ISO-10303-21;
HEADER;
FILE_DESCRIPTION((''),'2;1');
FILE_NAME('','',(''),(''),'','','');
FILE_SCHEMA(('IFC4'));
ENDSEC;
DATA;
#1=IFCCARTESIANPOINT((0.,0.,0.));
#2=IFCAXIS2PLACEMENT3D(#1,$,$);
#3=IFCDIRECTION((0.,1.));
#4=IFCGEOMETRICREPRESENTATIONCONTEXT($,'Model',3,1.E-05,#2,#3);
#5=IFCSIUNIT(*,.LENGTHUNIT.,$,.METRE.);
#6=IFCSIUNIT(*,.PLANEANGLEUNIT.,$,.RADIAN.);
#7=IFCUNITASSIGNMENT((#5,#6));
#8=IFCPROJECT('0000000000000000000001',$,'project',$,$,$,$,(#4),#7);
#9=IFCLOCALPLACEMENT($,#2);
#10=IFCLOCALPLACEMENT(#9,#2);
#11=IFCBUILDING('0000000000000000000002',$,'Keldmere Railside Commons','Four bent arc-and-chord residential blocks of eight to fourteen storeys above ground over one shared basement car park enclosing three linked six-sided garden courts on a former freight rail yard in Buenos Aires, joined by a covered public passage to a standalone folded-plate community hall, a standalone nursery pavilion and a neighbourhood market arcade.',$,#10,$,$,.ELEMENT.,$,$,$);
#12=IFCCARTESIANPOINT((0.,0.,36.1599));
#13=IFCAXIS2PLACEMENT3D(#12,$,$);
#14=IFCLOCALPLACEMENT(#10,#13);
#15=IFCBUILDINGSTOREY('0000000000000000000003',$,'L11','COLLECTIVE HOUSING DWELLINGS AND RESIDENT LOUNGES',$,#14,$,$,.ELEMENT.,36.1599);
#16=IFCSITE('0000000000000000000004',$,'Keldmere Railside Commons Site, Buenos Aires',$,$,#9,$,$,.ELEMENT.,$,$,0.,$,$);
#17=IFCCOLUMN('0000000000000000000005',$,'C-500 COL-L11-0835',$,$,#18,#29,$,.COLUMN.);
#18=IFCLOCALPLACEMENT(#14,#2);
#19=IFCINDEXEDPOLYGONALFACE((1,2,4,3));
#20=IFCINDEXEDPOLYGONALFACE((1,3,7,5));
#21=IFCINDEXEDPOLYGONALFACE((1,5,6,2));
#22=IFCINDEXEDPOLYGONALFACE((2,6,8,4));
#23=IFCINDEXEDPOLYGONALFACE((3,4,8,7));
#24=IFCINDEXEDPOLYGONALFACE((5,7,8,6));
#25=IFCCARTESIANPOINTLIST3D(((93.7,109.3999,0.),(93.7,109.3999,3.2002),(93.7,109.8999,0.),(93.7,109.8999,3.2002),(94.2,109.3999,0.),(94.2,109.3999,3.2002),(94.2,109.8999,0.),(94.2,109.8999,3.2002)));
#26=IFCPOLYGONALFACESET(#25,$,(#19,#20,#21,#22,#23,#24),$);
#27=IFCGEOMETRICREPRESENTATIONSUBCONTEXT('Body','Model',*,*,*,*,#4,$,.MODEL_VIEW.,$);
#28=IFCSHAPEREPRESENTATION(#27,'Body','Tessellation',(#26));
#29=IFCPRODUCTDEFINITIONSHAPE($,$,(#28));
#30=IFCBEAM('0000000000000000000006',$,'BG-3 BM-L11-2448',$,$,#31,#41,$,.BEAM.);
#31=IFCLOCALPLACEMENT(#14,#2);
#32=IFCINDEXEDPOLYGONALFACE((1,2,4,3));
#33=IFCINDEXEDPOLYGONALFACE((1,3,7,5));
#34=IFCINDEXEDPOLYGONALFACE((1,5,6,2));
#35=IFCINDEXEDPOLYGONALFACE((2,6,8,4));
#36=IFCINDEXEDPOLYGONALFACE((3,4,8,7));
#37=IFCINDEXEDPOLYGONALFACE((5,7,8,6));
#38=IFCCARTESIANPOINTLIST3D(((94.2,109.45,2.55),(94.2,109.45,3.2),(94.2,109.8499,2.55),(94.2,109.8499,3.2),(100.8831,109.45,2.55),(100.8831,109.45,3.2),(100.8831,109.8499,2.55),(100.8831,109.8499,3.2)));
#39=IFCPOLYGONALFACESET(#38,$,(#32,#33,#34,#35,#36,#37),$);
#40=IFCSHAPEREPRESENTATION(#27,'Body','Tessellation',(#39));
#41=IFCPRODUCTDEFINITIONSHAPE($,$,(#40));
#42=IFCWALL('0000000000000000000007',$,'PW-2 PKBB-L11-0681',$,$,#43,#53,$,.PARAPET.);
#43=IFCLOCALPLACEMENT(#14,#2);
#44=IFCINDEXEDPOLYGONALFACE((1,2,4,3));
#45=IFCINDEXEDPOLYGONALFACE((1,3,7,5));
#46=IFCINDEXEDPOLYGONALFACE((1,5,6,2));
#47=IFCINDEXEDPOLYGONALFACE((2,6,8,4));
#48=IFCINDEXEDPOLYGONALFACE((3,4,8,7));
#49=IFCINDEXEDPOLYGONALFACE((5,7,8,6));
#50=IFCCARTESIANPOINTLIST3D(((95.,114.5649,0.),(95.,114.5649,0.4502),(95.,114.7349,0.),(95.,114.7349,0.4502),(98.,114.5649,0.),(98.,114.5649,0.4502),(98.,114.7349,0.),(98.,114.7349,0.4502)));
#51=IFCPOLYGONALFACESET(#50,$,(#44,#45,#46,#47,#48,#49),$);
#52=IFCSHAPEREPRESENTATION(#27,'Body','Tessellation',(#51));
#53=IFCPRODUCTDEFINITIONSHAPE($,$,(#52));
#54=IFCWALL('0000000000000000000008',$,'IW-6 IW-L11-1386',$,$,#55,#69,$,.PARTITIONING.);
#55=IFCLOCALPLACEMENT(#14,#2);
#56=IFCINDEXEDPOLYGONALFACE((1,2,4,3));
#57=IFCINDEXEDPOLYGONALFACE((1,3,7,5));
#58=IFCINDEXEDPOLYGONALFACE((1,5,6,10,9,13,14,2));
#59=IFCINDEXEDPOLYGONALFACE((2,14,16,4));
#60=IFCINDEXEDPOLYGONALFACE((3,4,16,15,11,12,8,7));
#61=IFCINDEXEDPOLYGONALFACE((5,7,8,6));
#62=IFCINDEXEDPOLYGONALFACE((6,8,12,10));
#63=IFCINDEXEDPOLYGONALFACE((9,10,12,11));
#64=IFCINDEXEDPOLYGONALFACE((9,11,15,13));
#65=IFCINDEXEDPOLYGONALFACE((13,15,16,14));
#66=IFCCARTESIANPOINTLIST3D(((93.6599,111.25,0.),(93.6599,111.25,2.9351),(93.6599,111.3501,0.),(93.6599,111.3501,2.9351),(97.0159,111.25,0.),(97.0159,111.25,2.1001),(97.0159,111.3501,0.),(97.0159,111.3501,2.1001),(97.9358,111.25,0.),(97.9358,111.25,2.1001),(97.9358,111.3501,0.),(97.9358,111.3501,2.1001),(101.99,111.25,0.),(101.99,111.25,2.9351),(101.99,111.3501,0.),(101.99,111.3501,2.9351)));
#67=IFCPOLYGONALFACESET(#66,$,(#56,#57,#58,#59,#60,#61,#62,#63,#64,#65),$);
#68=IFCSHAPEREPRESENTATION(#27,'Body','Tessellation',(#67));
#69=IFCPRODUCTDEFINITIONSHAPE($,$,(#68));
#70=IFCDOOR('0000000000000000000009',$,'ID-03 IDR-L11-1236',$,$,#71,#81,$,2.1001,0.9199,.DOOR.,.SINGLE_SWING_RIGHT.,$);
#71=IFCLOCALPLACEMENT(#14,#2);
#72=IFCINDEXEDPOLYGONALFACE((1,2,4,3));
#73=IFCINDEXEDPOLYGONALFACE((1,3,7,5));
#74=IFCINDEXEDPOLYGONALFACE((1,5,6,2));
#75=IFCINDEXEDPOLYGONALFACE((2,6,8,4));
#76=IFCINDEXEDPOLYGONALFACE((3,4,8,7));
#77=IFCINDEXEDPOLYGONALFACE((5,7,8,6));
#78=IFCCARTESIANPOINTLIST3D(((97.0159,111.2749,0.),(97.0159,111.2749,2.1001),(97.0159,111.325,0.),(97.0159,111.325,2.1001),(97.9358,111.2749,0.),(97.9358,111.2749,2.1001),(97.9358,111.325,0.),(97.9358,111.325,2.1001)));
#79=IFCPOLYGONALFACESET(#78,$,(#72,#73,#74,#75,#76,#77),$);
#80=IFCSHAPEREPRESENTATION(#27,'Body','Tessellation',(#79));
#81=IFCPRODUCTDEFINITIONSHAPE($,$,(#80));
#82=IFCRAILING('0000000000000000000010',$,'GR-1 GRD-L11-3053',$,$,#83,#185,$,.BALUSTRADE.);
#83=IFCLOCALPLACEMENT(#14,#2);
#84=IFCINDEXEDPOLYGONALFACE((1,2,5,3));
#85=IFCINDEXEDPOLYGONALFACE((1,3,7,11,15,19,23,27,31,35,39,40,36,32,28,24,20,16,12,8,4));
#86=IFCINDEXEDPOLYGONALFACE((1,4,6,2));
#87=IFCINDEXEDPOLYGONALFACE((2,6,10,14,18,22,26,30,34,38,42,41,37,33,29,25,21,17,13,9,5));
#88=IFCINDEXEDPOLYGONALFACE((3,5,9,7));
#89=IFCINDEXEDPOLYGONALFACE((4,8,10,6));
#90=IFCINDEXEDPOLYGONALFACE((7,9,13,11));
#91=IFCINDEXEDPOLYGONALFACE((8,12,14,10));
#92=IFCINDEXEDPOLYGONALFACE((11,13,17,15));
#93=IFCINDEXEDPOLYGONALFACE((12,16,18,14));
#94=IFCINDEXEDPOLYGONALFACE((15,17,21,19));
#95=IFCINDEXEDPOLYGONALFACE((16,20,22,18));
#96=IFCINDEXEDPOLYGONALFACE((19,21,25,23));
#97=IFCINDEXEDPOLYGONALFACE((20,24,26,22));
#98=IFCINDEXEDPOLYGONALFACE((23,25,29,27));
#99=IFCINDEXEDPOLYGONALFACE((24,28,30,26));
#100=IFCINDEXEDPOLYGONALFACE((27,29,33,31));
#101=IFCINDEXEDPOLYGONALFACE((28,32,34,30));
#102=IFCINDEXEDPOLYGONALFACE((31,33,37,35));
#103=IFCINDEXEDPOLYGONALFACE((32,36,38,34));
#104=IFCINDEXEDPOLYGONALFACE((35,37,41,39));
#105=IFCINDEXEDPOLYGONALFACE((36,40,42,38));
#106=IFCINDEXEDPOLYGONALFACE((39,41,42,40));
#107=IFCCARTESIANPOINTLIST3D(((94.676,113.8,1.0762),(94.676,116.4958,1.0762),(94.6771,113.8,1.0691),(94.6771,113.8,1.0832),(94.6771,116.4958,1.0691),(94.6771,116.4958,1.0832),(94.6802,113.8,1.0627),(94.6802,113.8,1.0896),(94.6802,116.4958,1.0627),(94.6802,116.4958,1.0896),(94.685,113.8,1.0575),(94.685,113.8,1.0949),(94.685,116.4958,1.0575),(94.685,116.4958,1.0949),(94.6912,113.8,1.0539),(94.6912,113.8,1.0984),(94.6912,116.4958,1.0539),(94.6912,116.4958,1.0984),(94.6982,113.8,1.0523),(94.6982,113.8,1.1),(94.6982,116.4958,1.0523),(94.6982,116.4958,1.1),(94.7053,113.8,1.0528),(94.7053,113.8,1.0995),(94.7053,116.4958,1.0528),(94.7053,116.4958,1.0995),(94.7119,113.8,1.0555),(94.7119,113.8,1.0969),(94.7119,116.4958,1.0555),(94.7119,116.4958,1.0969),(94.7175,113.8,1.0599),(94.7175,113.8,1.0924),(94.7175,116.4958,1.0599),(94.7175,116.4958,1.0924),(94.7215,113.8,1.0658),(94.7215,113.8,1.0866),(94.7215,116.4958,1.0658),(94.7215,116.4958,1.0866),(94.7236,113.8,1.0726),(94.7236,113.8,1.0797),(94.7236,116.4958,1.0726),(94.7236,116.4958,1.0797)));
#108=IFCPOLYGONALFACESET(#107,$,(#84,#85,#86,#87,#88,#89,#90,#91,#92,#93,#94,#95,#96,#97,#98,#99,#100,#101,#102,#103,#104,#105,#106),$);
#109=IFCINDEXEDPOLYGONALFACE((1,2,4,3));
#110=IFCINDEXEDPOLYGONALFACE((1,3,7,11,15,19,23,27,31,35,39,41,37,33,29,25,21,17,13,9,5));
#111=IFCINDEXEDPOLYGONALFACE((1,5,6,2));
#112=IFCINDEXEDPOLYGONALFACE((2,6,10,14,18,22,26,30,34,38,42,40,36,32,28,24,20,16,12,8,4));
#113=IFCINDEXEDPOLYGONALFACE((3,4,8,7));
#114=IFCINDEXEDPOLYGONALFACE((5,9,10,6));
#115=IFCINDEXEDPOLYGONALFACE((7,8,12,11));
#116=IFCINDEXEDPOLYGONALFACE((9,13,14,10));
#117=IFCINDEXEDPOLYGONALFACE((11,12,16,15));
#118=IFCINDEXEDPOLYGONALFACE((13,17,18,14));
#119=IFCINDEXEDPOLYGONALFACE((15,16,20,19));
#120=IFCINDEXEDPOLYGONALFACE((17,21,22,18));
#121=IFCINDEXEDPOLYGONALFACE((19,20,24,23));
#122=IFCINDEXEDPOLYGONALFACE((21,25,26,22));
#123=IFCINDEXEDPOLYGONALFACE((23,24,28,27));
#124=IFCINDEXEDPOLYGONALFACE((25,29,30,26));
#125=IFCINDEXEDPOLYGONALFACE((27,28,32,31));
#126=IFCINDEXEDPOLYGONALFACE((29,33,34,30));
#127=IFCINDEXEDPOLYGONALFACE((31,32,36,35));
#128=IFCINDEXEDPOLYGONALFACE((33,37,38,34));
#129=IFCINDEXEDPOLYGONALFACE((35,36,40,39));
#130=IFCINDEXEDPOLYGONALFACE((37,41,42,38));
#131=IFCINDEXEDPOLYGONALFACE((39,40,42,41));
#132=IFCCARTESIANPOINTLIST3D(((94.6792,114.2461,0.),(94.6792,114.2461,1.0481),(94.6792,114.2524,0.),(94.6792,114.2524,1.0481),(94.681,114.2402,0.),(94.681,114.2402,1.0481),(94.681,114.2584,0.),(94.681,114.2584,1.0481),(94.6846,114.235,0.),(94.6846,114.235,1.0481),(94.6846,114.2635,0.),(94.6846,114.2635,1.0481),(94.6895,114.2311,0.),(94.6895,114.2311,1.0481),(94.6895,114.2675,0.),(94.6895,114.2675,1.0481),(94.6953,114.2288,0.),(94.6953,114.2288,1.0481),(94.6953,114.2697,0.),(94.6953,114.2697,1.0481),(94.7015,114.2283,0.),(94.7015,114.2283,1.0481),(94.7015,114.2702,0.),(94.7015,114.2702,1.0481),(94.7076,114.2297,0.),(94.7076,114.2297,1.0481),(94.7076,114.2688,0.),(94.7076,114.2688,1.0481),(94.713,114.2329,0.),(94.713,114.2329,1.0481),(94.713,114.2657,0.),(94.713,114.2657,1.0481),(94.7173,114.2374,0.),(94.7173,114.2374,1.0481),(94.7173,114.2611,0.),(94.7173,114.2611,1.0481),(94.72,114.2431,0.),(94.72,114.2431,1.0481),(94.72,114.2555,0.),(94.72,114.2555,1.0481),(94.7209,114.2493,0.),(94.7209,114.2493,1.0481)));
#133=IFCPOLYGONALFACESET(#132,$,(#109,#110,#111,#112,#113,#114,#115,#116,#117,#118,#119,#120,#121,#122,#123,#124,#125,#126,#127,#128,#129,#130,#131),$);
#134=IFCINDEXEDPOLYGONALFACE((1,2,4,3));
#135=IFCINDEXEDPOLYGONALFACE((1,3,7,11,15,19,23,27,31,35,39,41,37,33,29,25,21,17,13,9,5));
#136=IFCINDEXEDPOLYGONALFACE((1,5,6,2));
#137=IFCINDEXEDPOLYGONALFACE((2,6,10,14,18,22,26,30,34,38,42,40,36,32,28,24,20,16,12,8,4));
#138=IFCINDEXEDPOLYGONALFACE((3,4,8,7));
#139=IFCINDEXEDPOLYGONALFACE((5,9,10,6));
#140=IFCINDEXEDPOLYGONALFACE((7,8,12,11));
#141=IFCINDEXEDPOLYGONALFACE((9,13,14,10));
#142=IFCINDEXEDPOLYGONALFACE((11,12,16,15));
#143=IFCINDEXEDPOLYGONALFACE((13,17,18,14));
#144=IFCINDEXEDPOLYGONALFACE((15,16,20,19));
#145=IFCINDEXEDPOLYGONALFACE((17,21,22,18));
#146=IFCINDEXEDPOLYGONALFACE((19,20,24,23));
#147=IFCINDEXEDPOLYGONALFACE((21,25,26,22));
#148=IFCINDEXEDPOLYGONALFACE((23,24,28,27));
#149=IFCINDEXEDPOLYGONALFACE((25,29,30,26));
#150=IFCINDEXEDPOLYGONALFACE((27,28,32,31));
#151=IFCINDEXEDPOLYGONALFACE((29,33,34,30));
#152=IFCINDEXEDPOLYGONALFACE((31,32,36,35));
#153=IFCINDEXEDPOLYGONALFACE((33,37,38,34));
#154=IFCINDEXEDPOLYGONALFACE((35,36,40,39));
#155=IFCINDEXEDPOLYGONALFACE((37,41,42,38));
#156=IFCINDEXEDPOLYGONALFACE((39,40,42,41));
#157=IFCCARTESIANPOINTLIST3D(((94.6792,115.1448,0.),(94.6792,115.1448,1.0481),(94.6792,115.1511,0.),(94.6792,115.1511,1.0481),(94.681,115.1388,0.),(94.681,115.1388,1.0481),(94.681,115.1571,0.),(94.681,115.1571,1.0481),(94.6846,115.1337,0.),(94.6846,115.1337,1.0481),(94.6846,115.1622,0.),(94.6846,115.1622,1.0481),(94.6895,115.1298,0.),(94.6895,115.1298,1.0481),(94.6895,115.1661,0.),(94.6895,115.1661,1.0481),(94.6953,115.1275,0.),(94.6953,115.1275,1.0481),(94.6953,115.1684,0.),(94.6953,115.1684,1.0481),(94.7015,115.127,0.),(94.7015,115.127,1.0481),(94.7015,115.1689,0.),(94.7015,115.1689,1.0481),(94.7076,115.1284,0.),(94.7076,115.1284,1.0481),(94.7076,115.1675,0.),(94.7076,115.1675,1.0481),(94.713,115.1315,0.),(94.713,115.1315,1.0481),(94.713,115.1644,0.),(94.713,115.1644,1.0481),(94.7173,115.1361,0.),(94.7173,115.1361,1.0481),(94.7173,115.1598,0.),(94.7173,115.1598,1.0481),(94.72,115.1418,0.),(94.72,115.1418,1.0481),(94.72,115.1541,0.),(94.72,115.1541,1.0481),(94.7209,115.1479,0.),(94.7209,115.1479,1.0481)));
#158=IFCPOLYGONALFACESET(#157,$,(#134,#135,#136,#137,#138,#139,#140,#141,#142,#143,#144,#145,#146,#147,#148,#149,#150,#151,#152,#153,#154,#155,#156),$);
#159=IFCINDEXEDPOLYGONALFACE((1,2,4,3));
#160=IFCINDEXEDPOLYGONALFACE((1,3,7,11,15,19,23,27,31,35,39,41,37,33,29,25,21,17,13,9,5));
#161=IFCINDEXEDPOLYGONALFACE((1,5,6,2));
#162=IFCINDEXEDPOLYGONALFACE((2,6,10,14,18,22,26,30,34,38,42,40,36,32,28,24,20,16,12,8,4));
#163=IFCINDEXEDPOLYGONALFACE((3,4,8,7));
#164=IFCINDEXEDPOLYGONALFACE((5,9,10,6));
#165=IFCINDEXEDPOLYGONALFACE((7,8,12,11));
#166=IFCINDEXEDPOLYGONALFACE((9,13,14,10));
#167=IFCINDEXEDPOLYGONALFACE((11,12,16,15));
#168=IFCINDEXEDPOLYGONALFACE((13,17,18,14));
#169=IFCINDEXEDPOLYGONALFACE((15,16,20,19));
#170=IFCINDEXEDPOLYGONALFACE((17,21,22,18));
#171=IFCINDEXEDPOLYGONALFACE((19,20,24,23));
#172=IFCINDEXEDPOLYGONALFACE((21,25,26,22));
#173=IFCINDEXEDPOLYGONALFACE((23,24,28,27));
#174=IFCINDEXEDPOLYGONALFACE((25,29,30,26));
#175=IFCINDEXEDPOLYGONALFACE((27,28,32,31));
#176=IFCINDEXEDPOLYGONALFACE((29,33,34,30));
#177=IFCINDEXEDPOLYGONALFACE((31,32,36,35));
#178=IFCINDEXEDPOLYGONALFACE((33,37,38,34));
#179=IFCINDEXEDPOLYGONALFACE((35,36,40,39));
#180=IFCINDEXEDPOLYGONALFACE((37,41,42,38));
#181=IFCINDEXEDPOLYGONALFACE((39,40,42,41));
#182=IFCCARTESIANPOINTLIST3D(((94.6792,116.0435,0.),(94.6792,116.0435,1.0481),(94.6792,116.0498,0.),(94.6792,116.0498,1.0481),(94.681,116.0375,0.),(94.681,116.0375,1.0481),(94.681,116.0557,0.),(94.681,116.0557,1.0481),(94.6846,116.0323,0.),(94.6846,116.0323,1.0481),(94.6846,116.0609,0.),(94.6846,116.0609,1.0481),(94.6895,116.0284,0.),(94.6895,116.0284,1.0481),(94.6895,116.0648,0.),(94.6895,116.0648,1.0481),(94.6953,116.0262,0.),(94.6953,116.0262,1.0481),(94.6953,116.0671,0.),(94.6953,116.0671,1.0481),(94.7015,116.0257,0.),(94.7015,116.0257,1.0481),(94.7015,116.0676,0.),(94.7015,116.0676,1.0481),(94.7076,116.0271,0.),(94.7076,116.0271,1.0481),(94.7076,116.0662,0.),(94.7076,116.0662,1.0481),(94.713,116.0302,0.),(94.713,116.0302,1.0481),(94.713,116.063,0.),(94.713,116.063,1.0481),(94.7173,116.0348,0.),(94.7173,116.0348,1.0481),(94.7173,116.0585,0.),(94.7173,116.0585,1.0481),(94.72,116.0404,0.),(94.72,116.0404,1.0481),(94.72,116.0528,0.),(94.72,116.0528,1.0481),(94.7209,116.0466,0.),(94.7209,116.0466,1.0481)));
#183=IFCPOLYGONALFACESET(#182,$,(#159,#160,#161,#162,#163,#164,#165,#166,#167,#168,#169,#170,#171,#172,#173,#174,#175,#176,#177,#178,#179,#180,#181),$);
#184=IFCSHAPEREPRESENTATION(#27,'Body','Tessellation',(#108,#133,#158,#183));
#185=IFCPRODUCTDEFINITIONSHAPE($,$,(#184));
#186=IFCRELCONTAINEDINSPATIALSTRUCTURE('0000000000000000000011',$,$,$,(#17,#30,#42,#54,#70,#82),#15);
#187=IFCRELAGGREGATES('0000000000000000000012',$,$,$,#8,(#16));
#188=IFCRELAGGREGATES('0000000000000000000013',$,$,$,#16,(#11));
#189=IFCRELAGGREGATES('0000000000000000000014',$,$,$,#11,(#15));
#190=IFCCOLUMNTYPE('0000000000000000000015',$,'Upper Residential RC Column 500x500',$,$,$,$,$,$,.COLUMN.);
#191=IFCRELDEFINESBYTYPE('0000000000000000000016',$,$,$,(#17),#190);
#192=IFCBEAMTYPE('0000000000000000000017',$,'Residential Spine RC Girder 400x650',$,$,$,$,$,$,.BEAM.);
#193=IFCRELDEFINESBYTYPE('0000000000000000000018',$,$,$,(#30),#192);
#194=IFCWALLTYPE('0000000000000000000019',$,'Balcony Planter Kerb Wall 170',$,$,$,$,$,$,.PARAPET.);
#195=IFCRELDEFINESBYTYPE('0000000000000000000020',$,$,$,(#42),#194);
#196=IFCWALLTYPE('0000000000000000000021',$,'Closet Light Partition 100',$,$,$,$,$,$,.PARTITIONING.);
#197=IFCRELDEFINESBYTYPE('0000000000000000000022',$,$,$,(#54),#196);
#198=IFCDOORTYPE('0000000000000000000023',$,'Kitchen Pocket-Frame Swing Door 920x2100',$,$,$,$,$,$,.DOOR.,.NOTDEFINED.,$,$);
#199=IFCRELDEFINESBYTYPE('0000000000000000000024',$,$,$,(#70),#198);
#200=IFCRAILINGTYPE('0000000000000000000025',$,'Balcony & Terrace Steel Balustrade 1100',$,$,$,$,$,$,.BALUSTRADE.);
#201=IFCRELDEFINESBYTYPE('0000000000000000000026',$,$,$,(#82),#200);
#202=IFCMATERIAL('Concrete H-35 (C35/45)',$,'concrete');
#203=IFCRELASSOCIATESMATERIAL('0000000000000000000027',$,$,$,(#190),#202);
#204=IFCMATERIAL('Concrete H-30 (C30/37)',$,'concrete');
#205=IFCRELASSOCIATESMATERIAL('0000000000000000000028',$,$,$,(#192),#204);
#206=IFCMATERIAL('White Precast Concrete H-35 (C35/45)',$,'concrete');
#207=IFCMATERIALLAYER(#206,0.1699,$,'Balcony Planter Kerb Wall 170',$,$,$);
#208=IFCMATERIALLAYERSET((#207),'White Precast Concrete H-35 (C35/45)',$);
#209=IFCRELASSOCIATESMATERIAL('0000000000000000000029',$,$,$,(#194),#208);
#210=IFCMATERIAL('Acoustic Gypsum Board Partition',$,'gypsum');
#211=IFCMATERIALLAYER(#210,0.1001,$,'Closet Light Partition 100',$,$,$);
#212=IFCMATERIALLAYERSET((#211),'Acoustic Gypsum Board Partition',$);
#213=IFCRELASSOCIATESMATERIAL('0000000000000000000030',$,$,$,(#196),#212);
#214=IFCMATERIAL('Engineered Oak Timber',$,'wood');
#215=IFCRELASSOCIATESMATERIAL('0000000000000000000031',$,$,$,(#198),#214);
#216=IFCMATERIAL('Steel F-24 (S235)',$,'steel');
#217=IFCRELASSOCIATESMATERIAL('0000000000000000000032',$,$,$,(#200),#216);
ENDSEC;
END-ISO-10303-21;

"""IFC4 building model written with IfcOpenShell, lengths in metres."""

from ifc_helpers import new_model, si_unit, direction, frame, frame_2d, origin, origin_2d, place, context, subcontext, project, spatial, rectangle, circle, extrude, material, layer, layer_set, material_profile, profile_set, type_object, element, fill, save


model = new_model("IFC4")

# Units and contexts
model_context = context("Model", 3, precision=1e-05, world=origin(), true_north=direction((0.0, 1.0)))
body_context = subcontext(model_context, "Body", "Model", "MODEL_VIEW")
ifc_project = project(units=[si_unit("LENGTHUNIT", "METRE"), si_unit("PLANEANGLEUNIT", "RADIAN")], contexts=[model_context])

# Site, building, storey
site_placement = place(None, origin())
site = spatial("IfcSite", under=ifc_project, at=site_placement, Name="Keldmere Railside Commons Site, Buenos Aires", CompositionType="ELEMENT", RefElevation=0.0)
building_placement = place(site_placement, origin())
building = spatial("IfcBuilding", under=site, at=building_placement, Name="Keldmere Railside Commons", Description="Four bent arc-and-chord residential blocks of eight to fourteen storeys above ground over one shared basement car park enclosing three linked six-sided garden courts on a former freight rail yard in Buenos Aires, joined by a covered public passage to a standalone folded-plate community hall, a standalone nursery pavilion and a neighbourhood market arcade.", CompositionType="ELEMENT")
storey_placement = place(building_placement, frame((0.0, 0.0, 36.1599)))
storey = spatial("IfcBuildingStorey", under=building, at=storey_placement, Name="L11", Description="COLLECTIVE HOUSING DWELLINGS AND RESIDENT LOUNGES", CompositionType="ELEMENT", Elevation=36.1599)

# Column
ifc_material_1 = material(Name="Concrete H-35 (C35/45)", Category="concrete")
ifc_material_profile_1 = material_profile(ifc_material_1, rectangle(XDim=0.5, YDim=0.5, at=origin_2d()), Name="RC-500x500")
ifc_profile_set_1 = profile_set([ifc_material_profile_1], Name="Concrete H-35 (C35/45)")
column_type = type_object("IfcColumnType", Name="Upper Residential RC Column 500x500", PredefinedType="COLUMN", material=ifc_profile_set_1)
column_placement = place(storey_placement, frame((93.95, 109.6499, 0.0), z_axis=(0.0, 0.0, 1.0), x_axis=(1.0, 0.0, 0.0)))
element("IfcColumn", 1, at=column_placement, inside=storey, type_object=column_type, Name="C-500 COL-L11-0835", PredefinedType="COLUMN", context=body_context, shape_type="SweptSolid", body=[
    extrude(rectangle(XDim=0.5, YDim=0.5, at=origin_2d()), origin(), (0.0, 0.0, 1.0), 3.2002),
])

# Beam
ifc_material_2 = material(Name="Concrete H-30 (C30/37)", Category="concrete")
ifc_material_profile_2 = material_profile(ifc_material_2, rectangle(XDim=0.3999, YDim=0.6499, at=origin_2d()), Name="RC-400x650")
ifc_profile_set_2 = profile_set([ifc_material_profile_2], Name="Concrete H-30 (C30/37)")
beam_type = type_object("IfcBeamType", Name="Residential Spine RC Girder 400x650", PredefinedType="BEAM", material=ifc_profile_set_2)
beam_placement = place(storey_placement, frame((94.2, 109.6499, 2.875), z_axis=(1.0, 0.0, 0.0), x_axis=(0.0, 1.0, 0.0)))
element("IfcBeam", 2, at=beam_placement, inside=storey, type_object=beam_type, Name="BG-3 BM-L11-2448", PredefinedType="BEAM", context=body_context, shape_type="SweptSolid", body=[
    extrude(rectangle(XDim=0.3999, YDim=0.6499, at=origin_2d()), origin(), (0.0, 0.0, 1.0), 6.6831),
])

# Wall
ifc_material_3 = material(Name="White Precast Concrete H-35 (C35/45)", Category="concrete")
ifc_layer_1 = layer(ifc_material_3, 0.1699, Name="Balcony Planter Kerb Wall 170")
ifc_layer_set_1 = layer_set([ifc_layer_1], Name="White Precast Concrete H-35 (C35/45)")
wall_type_1 = type_object("IfcWallType", Name="Balcony Planter Kerb Wall 170", PredefinedType="PARAPET", material=ifc_layer_set_1)
wall_1_placement = place(storey_placement, frame((95.0, 114.6499, 0.0), z_axis=(0.0, 0.0, 1.0), x_axis=(1.0, 0.0, 0.0)))
element("IfcWall", 3, at=wall_1_placement, inside=storey, type_object=wall_type_1, Name="PW-2 PKBB-L11-0681", PredefinedType="PARAPET", context=body_context, shape_type="SweptSolid", body=[
    extrude(rectangle(XDim=3.0, YDim=0.1699, at=frame_2d((1.5, 0.0))), origin(), (0.0, 0.0, 1.0), 0.4502),
])

# Wall, opening, door
ifc_material_4 = material(Name="Acoustic Gypsum Board Partition", Category="gypsum")
ifc_layer_2 = layer(ifc_material_4, 0.1001, Name="Closet Light Partition 100")
ifc_layer_set_2 = layer_set([ifc_layer_2], Name="Acoustic Gypsum Board Partition")
wall_type_2 = type_object("IfcWallType", Name="Closet Light Partition 100", PredefinedType="PARTITIONING", material=ifc_layer_set_2)
wall_2_placement = place(storey_placement, frame((93.6599, 111.3, 0.0), z_axis=(0.0, 0.0, 1.0), x_axis=(1.0, 0.0, 0.0)))
wall_2 = element("IfcWall", 4, at=wall_2_placement, inside=storey, type_object=wall_type_2, Name="IW-6 IW-L11-1386", PredefinedType="PARTITIONING", context=body_context, shape_type="SweptSolid", body=[
    extrude(rectangle(XDim=8.3301, YDim=0.1001, at=frame_2d((4.165, 0.0))), origin(), (0.0, 0.0, 1.0), 2.9351),
])
opening_1_placement = place(wall_2_placement, frame((3.356, 0.0, 0.0)))
opening_1 = element("IfcOpeningElement", 5, at=opening_1_placement, cuts=wall_2, PredefinedType="OPENING", context=body_context, shape_type="SweptSolid", body=[
    extrude(rectangle(XDim=0.9199, YDim=2.1001, at=frame_2d((0.46, 1.05))), frame((0.0, 0.0601, 0.0), z_axis=(0.0, -1.0, 0.0), x_axis=(1.0, 0.0, 0.0)), (0.0, 0.0, 1.0), 0.1201),
])
ifc_material_5 = material(Name="Engineered Oak Timber", Category="wood")
door_type_1 = type_object("IfcDoorType", Name="Kitchen Pocket-Frame Swing Door 920x2100", OperationType="NOTDEFINED", PredefinedType="DOOR", material=ifc_material_5)
door_1_placement = place(opening_1_placement, origin())
door_1 = element("IfcDoor", 6, at=door_1_placement, inside=storey, type_object=door_type_1, Name="ID-03 IDR-L11-1236", OperationType="SINGLE_SWING_RIGHT", OverallHeight=2.1001, OverallWidth=0.9199, PredefinedType="DOOR", context=body_context, shape_type="SweptSolid", body=[
    extrude(rectangle(XDim=0.9199, YDim=2.1001, at=frame_2d((0.46, 1.05))), frame((0.0, 0.0249, 0.0), z_axis=(0.0, -1.0, 0.0), x_axis=(1.0, 0.0, 0.0)), (0.0, 0.0, 1.0), 0.05),
])
fill(opening_1, door_1)

# Railing
ifc_material_6 = material(Name="Steel F-24 (S235)", Category="steel")
railing_type = type_object("IfcRailingType", Name="Balcony & Terrace Steel Balustrade 1100", PredefinedType="BALUSTRADE", material=ifc_material_6)
railing_1_placement = place(storey_placement, frame((94.7, 113.8, 0.0)))
element("IfcRailing", 7, at=railing_1_placement, inside=storey, type_object=railing_type, Name="GR-1 GRD-L11-3053", PredefinedType="BALUSTRADE", context=body_context, shape_type="SweptSolid", body=[
    extrude(circle(Radius=0.0239, at=origin_2d()), frame((0.0, 0.0, 1.0762), z_axis=(0.0, 1.0, 0.0), x_axis=(-1.0, 0.0, 0.0)), (0.0, 0.0, 1.0), 2.6958),
    extrude(circle(Radius=0.021, at=origin_2d()), frame((0.0, 0.4492, 0.0)), (0.0, 0.0, 1.0), 1.0481),
    extrude(circle(Radius=0.021, at=origin_2d()), frame((0.0, 1.3479, 0.0)), (0.0, 0.0, 1.0), 1.0481),
    extrude(circle(Radius=0.021, at=origin_2d()), frame((0.0, 2.2466, 0.0)), (0.0, 0.0, 1.0), 1.0481),
])

save(model, "model.ifc")
